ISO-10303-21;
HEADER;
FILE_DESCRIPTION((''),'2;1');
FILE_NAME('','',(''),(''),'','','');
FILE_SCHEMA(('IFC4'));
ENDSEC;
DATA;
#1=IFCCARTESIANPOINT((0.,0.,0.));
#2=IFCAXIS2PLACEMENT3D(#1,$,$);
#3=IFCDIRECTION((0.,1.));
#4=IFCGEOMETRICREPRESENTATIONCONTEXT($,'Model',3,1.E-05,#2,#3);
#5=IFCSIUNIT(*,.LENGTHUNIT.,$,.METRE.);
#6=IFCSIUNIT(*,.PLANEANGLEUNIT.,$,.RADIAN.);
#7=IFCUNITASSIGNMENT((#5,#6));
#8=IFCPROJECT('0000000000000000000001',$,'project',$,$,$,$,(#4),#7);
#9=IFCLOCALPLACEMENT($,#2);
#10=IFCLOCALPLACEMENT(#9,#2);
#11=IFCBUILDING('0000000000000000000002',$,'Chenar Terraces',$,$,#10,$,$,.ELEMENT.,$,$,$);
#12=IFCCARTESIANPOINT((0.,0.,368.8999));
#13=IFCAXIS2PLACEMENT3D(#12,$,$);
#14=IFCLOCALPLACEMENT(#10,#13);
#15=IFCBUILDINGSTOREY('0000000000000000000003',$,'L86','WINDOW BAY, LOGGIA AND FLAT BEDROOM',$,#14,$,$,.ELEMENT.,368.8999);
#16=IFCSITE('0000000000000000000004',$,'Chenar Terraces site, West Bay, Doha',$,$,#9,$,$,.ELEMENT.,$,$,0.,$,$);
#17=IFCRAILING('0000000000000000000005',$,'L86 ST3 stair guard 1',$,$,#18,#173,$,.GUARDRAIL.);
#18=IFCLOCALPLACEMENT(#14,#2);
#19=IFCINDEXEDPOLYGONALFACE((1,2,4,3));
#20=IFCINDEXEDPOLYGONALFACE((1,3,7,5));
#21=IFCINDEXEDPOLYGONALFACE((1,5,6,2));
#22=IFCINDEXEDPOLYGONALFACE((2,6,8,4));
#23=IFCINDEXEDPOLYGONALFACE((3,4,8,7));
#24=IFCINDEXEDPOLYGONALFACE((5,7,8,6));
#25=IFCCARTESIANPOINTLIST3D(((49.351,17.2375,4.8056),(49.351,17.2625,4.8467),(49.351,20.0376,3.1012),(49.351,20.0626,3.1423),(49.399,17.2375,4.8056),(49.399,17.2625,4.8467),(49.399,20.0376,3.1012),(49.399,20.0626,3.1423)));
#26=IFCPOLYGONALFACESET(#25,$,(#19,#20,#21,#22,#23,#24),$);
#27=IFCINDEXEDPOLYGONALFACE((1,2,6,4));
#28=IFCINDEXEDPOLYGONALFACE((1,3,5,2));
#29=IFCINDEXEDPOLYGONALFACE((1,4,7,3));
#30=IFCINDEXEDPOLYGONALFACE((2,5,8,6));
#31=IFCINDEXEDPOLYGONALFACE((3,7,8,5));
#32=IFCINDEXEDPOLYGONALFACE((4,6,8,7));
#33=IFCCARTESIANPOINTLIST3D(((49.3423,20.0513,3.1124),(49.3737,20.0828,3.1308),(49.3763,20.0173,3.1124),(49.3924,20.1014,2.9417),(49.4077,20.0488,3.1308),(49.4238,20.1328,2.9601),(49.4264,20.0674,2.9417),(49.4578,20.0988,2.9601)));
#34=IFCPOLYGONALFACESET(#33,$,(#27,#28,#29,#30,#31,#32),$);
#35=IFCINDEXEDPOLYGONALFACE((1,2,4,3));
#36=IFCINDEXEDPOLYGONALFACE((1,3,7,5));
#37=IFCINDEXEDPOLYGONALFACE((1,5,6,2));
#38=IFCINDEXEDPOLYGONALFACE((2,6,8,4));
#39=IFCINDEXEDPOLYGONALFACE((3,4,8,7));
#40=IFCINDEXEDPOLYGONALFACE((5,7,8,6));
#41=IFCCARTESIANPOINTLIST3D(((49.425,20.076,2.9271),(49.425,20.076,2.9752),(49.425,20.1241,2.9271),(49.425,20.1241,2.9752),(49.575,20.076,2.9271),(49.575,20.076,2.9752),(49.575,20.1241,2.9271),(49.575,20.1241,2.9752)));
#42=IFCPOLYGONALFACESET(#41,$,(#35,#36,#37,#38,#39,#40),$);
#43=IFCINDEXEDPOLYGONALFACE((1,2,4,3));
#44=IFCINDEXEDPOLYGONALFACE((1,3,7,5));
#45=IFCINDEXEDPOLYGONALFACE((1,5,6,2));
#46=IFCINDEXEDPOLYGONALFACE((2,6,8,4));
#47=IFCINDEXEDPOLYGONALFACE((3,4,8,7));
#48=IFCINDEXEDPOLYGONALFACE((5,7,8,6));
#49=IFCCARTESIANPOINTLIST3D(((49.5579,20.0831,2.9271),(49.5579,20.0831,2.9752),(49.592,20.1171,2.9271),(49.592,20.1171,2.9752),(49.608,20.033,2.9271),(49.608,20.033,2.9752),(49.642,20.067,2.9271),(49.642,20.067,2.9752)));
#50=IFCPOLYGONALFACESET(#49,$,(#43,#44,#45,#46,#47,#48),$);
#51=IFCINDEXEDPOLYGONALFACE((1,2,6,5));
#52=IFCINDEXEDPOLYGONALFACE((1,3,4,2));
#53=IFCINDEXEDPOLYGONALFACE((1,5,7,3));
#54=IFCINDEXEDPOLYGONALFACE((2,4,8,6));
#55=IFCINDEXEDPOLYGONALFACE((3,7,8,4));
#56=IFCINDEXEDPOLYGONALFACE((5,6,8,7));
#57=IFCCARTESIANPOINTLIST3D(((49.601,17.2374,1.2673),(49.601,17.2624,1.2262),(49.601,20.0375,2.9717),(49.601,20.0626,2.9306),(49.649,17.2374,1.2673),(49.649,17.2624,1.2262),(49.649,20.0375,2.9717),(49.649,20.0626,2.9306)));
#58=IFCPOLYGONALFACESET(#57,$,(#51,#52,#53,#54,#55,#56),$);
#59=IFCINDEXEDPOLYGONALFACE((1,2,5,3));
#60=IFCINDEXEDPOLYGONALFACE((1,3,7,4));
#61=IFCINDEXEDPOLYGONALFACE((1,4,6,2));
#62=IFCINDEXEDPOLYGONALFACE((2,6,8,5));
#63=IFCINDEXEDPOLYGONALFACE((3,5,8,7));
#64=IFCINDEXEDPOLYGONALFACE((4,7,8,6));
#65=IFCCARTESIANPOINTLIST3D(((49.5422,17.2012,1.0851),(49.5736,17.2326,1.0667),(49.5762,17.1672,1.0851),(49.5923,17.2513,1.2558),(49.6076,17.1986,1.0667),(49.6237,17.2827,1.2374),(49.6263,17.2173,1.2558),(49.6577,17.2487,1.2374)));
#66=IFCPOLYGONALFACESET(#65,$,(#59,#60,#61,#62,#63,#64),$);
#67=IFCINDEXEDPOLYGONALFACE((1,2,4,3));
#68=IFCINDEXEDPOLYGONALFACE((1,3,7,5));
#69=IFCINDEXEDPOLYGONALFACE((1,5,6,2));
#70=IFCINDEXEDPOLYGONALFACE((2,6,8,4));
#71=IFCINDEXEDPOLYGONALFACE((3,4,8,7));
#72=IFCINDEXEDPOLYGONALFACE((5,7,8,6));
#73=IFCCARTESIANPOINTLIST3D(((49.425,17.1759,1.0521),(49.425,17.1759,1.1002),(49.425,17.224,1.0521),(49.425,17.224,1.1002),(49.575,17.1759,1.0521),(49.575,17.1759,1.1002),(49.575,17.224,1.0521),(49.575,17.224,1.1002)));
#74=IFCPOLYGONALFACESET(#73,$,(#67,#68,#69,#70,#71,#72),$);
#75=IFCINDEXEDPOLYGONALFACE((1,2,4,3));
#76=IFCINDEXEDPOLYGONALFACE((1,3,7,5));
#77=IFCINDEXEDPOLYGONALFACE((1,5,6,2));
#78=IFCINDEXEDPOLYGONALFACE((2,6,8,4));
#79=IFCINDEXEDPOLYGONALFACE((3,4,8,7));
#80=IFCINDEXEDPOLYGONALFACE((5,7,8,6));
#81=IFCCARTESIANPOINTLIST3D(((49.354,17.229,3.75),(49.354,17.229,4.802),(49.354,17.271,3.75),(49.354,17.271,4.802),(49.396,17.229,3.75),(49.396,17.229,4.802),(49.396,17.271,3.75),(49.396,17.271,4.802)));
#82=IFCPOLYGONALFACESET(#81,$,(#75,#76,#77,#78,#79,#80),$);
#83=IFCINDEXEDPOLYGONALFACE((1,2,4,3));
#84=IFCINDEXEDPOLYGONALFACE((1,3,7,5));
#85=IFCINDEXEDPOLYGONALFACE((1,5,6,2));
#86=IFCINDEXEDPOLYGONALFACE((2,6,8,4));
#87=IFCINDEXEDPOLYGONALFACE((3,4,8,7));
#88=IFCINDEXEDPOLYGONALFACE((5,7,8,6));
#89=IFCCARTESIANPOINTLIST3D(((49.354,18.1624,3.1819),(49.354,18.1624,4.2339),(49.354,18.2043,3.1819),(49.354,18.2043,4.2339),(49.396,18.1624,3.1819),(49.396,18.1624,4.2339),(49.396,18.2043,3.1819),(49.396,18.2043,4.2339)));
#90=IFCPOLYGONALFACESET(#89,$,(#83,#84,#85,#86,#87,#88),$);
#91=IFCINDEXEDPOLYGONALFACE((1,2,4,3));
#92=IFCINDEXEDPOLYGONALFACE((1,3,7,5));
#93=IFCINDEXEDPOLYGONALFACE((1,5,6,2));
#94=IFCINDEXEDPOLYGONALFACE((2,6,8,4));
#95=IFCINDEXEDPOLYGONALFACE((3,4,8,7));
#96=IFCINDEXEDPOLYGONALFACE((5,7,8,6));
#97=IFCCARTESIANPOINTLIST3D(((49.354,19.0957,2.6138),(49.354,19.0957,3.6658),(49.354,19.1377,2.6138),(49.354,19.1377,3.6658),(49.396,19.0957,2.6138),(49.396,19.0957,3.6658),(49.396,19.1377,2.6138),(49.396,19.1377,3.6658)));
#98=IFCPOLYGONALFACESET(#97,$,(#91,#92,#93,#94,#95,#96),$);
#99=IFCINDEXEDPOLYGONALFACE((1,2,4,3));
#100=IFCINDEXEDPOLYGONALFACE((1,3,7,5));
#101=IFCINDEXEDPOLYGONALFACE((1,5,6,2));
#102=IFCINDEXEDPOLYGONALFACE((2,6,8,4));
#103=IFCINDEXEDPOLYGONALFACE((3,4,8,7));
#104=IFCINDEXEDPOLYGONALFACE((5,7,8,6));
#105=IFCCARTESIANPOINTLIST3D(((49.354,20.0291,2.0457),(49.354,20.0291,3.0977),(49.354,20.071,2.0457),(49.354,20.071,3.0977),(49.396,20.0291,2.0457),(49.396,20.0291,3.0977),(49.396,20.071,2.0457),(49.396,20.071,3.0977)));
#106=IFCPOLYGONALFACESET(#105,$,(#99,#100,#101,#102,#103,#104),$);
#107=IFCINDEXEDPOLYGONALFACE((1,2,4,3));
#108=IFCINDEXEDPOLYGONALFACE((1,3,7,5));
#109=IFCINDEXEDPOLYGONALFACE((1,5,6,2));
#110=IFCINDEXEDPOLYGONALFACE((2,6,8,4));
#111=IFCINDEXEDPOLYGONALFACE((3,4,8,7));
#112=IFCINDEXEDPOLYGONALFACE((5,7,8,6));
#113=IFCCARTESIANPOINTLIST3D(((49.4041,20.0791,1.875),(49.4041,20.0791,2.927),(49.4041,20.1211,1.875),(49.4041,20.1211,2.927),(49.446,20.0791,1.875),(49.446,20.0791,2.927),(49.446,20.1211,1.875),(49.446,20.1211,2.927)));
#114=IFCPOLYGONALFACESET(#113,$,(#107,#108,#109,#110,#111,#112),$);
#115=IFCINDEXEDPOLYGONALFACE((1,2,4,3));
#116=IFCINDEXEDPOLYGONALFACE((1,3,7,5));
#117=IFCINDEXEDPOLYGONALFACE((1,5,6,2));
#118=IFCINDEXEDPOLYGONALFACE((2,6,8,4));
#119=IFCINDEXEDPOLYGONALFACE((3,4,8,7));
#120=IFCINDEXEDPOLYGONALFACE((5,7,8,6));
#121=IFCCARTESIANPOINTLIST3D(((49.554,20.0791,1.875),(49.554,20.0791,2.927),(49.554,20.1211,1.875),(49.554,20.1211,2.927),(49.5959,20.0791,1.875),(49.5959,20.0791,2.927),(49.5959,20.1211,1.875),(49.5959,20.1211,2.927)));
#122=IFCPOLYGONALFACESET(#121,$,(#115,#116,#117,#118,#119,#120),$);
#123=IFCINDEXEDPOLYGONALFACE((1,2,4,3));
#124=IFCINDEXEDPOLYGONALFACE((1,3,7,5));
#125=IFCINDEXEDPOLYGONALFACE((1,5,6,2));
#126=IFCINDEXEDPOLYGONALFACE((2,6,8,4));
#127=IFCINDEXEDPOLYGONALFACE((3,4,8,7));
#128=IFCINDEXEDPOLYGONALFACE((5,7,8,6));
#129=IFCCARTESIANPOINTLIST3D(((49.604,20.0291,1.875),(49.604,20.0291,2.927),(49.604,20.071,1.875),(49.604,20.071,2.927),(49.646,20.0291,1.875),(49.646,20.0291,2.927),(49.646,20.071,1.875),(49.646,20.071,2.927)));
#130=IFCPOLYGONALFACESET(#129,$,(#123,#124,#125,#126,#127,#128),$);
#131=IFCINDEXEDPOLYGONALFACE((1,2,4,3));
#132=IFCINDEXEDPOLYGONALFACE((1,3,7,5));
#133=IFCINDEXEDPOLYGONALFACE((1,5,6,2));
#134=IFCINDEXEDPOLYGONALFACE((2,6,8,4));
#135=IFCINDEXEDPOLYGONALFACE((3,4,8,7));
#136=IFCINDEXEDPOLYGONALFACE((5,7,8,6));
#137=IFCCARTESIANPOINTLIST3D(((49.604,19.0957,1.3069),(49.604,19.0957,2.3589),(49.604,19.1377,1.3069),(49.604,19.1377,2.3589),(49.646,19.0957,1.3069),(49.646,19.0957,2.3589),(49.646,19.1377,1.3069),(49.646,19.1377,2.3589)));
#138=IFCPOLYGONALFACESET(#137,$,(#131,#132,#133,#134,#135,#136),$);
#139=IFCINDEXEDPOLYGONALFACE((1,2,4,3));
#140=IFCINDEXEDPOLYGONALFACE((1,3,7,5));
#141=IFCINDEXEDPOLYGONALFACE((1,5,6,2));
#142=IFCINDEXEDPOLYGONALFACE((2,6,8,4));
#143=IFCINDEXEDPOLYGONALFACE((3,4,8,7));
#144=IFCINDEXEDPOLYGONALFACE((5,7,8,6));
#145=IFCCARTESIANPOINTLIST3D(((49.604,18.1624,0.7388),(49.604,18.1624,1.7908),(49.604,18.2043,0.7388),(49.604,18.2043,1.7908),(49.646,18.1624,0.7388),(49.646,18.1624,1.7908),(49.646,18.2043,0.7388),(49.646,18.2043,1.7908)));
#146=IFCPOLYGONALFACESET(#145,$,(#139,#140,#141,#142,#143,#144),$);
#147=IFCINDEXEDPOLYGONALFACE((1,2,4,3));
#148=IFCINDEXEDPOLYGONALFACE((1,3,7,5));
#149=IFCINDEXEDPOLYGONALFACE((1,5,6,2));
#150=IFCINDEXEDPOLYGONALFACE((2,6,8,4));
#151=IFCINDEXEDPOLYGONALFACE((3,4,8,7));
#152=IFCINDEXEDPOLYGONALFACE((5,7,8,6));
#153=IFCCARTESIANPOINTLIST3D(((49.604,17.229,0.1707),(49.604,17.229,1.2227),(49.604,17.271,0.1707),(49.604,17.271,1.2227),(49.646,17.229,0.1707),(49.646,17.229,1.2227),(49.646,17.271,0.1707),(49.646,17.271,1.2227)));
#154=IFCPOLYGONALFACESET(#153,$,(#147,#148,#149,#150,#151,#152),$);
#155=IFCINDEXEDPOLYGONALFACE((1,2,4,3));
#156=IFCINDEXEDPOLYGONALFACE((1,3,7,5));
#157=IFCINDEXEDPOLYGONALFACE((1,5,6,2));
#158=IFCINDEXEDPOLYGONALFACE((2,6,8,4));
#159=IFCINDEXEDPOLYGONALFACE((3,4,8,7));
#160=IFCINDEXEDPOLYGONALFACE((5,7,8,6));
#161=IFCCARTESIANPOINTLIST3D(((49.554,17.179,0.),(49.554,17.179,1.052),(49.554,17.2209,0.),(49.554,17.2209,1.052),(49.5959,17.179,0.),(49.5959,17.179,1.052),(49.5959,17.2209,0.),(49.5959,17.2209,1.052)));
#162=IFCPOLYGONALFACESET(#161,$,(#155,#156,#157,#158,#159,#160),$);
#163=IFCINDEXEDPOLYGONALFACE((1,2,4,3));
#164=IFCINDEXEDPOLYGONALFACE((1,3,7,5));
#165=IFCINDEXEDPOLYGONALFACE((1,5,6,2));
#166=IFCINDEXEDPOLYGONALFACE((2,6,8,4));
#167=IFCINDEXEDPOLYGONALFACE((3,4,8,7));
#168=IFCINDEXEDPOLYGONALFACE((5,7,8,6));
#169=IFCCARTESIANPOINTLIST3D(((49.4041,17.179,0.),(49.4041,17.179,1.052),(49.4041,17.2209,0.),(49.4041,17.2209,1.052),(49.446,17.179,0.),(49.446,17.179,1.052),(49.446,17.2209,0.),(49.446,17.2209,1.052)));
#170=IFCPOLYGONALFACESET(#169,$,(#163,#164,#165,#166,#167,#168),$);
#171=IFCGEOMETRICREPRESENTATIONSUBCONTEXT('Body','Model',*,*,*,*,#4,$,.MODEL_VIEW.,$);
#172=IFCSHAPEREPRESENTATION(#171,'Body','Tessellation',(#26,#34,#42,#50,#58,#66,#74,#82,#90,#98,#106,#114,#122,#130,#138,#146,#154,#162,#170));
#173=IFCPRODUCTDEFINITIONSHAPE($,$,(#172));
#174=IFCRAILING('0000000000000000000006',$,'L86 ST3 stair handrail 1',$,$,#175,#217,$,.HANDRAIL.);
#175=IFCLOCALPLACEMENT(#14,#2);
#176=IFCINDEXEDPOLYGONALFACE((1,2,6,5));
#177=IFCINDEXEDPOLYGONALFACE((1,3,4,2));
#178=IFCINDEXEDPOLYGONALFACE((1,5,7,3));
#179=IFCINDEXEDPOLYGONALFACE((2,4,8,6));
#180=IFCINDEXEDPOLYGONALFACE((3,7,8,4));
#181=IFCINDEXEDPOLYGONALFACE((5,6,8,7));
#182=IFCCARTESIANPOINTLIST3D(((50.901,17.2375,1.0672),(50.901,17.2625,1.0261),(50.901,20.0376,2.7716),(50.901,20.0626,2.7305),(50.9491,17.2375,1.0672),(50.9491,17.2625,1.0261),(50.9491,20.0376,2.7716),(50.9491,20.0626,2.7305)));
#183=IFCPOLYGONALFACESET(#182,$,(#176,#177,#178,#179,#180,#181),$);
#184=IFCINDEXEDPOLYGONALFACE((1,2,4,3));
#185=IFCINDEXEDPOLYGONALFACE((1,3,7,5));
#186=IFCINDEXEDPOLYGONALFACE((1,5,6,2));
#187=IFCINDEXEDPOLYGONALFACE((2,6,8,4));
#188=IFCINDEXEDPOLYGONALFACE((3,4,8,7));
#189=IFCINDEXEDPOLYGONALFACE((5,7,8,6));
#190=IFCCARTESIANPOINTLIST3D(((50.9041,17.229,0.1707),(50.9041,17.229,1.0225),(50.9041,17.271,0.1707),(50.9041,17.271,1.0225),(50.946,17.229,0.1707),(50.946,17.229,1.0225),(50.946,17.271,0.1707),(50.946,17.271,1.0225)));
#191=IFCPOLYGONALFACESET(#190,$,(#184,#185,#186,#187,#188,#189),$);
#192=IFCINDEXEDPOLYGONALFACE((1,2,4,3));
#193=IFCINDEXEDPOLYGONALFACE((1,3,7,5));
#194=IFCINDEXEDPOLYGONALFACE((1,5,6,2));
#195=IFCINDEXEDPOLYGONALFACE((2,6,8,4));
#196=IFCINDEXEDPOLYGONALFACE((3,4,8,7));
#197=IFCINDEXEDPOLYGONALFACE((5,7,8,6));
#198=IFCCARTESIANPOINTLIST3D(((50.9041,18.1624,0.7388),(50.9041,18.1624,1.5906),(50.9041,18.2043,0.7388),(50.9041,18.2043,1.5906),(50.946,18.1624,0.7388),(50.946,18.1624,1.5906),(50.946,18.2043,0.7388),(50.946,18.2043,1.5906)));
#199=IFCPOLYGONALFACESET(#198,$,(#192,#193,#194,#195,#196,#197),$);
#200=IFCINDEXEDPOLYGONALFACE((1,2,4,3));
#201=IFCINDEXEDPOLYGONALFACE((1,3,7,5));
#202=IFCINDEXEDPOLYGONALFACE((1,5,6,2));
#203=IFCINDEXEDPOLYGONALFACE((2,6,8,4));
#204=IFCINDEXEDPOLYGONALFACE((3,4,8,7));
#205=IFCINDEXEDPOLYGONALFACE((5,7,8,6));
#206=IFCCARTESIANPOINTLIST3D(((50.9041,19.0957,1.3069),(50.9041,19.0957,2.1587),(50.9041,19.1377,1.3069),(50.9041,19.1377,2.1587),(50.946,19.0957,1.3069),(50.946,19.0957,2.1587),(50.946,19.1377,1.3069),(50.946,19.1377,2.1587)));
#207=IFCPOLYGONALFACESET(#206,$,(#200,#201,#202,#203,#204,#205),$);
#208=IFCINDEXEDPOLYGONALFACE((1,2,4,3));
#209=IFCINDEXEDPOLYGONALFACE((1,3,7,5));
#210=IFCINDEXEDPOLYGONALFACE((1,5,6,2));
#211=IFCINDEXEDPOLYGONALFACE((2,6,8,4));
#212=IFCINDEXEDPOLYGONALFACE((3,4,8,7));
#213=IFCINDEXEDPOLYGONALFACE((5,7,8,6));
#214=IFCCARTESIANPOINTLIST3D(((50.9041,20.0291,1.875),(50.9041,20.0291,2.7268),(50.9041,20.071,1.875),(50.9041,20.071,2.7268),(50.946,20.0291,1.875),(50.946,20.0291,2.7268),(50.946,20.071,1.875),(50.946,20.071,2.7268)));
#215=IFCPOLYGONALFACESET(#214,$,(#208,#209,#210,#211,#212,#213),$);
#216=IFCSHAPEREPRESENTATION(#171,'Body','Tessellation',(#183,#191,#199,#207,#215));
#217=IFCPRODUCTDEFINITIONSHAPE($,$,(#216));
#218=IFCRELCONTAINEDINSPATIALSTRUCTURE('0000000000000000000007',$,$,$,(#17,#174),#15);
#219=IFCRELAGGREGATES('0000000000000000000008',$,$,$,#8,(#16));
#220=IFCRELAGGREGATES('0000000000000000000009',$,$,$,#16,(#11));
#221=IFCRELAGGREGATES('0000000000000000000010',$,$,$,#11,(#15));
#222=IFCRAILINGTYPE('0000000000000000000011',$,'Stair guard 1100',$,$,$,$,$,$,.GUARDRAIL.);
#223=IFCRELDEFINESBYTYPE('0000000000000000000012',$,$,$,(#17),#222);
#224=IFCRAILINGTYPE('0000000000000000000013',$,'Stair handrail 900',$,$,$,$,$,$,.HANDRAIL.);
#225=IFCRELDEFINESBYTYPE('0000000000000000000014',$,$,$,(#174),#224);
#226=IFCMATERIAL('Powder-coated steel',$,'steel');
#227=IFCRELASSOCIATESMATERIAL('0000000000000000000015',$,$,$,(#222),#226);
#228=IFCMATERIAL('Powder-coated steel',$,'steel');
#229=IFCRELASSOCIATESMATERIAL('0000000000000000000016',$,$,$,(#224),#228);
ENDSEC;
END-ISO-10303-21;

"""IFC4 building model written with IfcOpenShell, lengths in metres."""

from ifc_helpers import new_model, si_unit, direction, frame, origin, origin_2d, place, context, subcontext, project, spatial, rectangle, extrude, material, type_object, element, save


model = new_model("IFC4")

# Units and contexts
model_context = context("Model", 3, precision=1e-05, world=origin(), true_north=direction((0.0, 1.0)))
body_context = subcontext(model_context, "Body", "Model", "MODEL_VIEW")
ifc_project = project(units=[si_unit("LENGTHUNIT", "METRE"), si_unit("PLANEANGLEUNIT", "RADIAN")], contexts=[model_context])

# Site, building, storey
site_placement = place(None, origin())
site = spatial("IfcSite", under=ifc_project, at=site_placement, Name="Chenar Terraces site, West Bay, Doha", CompositionType="ELEMENT", RefElevation=0.0)
building_placement = place(site_placement, origin())
building = spatial("IfcBuilding", under=site, at=building_placement, Name="Chenar Terraces", CompositionType="ELEMENT")
storey_placement = place(building_placement, frame((0.0, 0.0, 368.8999)))
storey = spatial("IfcBuildingStorey", under=building, at=storey_placement, Name="L86", Description="WINDOW BAY, LOGGIA AND FLAT BEDROOM", CompositionType="ELEMENT", Elevation=368.8999)

# Railings
ifc_material_1 = material(Name="Powder-coated steel", Category="steel")
railing_type_1 = type_object("IfcRailingType", Name="Stair guard 1100", PredefinedType="GUARDRAIL", material=ifc_material_1)
railing_1_placement = place(storey_placement, frame((49.375, 17.25, 3.75)))
element("IfcRailing", 1, at=railing_1_placement, inside=storey, type_object=railing_type_1, Name="L86 ST3 stair guard 1", PredefinedType="GUARDRAIL", context=body_context, shape_type="SweptSolid", body=[
    extrude(rectangle(XDim=0.0481, YDim=0.0481, at=origin_2d()), frame((0.0, 0.0, 1.0762), z_axis=(0.0, 0.854203, -0.51994), x_axis=(-1.0, 0.0, 0.0)), (0.0, 0.0, 1.0), 3.2781),
    extrude(rectangle(XDim=0.0481, YDim=0.0481, at=origin_2d()), frame((0.0, 2.8, -0.6284), z_axis=(0.2709, 0.2709, -0.923703), x_axis=(-0.707107, 0.707107, 0.0)), (0.0, 0.0, 1.0), 0.1848),
    extrude(rectangle(XDim=0.0481, YDim=0.0481, at=origin_2d()), frame((0.05, 2.8501, -0.7988), z_axis=(1.0, 0.0, 0.0), x_axis=(0.0, 1.0, 0.0)), (0.0, 0.0, 1.0), 0.1499),
    extrude(rectangle(XDim=0.0481, YDim=0.0481, at=origin_2d()), frame((0.2, 2.8501, -0.7988), z_axis=(0.707107, -0.707107, 0.0), x_axis=(0.707107, 0.707107, 0.0)), (0.0, 0.0, 1.0), 0.0708),
    extrude(rectangle(XDim=0.0481, YDim=0.0481, at=origin_2d()), frame((0.25, 2.8, -0.7988), z_axis=(0.0, -0.854203, -0.51994), x_axis=(1.0, 0.0, 0.0)), (0.0, 0.0, 1.0), 3.2781),
    extrude(rectangle(XDim=0.0481, YDim=0.0481, at=origin_2d()), frame((0.25, 0.0, -2.5034), z_axis=(-0.2709, -0.2709, -0.923703), x_axis=(0.707107, -0.707107, 0.0)), (0.0, 0.0, 1.0), 0.1848),
    extrude(rectangle(XDim=0.0481, YDim=0.0481, at=origin_2d()), frame((0.2, -0.05, -2.6738), z_axis=(-1.0, 0.0, 0.0), x_axis=(0.0, -1.0, 0.0)), (0.0, 0.0, 1.0), 0.1499),
    extrude(rectangle(XDim=0.042, YDim=0.042, at=origin_2d()), origin(), (0.0, 0.0, 1.0), 1.052),
    extrude(rectangle(XDim=0.042, YDim=0.042, at=origin_2d()), frame((0.0, 0.9333, -0.5681)), (0.0, 0.0, 1.0), 1.052),
    extrude(rectangle(XDim=0.042, YDim=0.042, at=origin_2d()), frame((0.0, 1.8667, -1.1362)), (0.0, 0.0, 1.0), 1.052),
    extrude(rectangle(XDim=0.042, YDim=0.042, at=origin_2d()), frame((0.0, 2.8, -1.7043)), (0.0, 0.0, 1.0), 1.052),
    extrude(rectangle(XDim=0.042, YDim=0.042, at=origin_2d()), frame((0.05, 2.8501, -1.875)), (0.0, 0.0, 1.0), 1.052),
    extrude(rectangle(XDim=0.042, YDim=0.042, at=origin_2d()), frame((0.2, 2.8501, -1.875)), (0.0, 0.0, 1.0), 1.052),
    extrude(rectangle(XDim=0.042, YDim=0.042, at=origin_2d()), frame((0.25, 2.8, -1.875)), (0.0, 0.0, 1.0), 1.052),
    extrude(rectangle(XDim=0.042, YDim=0.042, at=origin_2d()), frame((0.25, 1.8667, -2.4431)), (0.0, 0.0, 1.0), 1.052),
    extrude(rectangle(XDim=0.042, YDim=0.042, at=origin_2d()), frame((0.25, 0.9333, -3.0112)), (0.0, 0.0, 1.0), 1.052),
    extrude(rectangle(XDim=0.042, YDim=0.042, at=origin_2d()), frame((0.25, 0.0, -3.5793)), (0.0, 0.0, 1.0), 1.052),
    extrude(rectangle(XDim=0.042, YDim=0.042, at=origin_2d()), frame((0.2, -0.05, -3.75)), (0.0, 0.0, 1.0), 1.052),
    extrude(rectangle(XDim=0.042, YDim=0.042, at=origin_2d()), frame((0.05, -0.05, -3.75)), (0.0, 0.0, 1.0), 1.052),
])
ifc_material_2 = material(Name="Powder-coated steel", Category="steel")
railing_type_2 = type_object("IfcRailingType", Name="Stair handrail 900", PredefinedType="HANDRAIL", material=ifc_material_2)
railing_2_placement = place(storey_placement, frame((50.925, 17.25, 0.1707)))
element("IfcRailing", 2, at=railing_2_placement, inside=storey, type_object=railing_type_2, Name="L86 ST3 stair handrail 1", PredefinedType="HANDRAIL", context=body_context, shape_type="SweptSolid", body=[
    extrude(rectangle(XDim=0.0481, YDim=0.0481, at=origin_2d()), frame((0.0, 0.0, 0.876), z_axis=(0.0, 0.854203, 0.51994), x_axis=(-1.0, 0.0, 0.0)), (0.0, 0.0, 1.0), 3.2781),
    extrude(rectangle(XDim=0.042, YDim=0.042, at=origin_2d()), origin(), (0.0, 0.0, 1.0), 0.8518),
    extrude(rectangle(XDim=0.042, YDim=0.042, at=origin_2d()), frame((0.0, 0.9333, 0.5681)), (0.0, 0.0, 1.0), 0.8518),
    extrude(rectangle(XDim=0.042, YDim=0.042, at=origin_2d()), frame((0.0, 1.8667, 1.1362)), (0.0, 0.0, 1.0), 0.8518),
    extrude(rectangle(XDim=0.042, YDim=0.042, at=origin_2d()), frame((0.0, 2.8, 1.7043)), (0.0, 0.0, 1.0), 0.8518),
])

save(model, "model.ifc")
